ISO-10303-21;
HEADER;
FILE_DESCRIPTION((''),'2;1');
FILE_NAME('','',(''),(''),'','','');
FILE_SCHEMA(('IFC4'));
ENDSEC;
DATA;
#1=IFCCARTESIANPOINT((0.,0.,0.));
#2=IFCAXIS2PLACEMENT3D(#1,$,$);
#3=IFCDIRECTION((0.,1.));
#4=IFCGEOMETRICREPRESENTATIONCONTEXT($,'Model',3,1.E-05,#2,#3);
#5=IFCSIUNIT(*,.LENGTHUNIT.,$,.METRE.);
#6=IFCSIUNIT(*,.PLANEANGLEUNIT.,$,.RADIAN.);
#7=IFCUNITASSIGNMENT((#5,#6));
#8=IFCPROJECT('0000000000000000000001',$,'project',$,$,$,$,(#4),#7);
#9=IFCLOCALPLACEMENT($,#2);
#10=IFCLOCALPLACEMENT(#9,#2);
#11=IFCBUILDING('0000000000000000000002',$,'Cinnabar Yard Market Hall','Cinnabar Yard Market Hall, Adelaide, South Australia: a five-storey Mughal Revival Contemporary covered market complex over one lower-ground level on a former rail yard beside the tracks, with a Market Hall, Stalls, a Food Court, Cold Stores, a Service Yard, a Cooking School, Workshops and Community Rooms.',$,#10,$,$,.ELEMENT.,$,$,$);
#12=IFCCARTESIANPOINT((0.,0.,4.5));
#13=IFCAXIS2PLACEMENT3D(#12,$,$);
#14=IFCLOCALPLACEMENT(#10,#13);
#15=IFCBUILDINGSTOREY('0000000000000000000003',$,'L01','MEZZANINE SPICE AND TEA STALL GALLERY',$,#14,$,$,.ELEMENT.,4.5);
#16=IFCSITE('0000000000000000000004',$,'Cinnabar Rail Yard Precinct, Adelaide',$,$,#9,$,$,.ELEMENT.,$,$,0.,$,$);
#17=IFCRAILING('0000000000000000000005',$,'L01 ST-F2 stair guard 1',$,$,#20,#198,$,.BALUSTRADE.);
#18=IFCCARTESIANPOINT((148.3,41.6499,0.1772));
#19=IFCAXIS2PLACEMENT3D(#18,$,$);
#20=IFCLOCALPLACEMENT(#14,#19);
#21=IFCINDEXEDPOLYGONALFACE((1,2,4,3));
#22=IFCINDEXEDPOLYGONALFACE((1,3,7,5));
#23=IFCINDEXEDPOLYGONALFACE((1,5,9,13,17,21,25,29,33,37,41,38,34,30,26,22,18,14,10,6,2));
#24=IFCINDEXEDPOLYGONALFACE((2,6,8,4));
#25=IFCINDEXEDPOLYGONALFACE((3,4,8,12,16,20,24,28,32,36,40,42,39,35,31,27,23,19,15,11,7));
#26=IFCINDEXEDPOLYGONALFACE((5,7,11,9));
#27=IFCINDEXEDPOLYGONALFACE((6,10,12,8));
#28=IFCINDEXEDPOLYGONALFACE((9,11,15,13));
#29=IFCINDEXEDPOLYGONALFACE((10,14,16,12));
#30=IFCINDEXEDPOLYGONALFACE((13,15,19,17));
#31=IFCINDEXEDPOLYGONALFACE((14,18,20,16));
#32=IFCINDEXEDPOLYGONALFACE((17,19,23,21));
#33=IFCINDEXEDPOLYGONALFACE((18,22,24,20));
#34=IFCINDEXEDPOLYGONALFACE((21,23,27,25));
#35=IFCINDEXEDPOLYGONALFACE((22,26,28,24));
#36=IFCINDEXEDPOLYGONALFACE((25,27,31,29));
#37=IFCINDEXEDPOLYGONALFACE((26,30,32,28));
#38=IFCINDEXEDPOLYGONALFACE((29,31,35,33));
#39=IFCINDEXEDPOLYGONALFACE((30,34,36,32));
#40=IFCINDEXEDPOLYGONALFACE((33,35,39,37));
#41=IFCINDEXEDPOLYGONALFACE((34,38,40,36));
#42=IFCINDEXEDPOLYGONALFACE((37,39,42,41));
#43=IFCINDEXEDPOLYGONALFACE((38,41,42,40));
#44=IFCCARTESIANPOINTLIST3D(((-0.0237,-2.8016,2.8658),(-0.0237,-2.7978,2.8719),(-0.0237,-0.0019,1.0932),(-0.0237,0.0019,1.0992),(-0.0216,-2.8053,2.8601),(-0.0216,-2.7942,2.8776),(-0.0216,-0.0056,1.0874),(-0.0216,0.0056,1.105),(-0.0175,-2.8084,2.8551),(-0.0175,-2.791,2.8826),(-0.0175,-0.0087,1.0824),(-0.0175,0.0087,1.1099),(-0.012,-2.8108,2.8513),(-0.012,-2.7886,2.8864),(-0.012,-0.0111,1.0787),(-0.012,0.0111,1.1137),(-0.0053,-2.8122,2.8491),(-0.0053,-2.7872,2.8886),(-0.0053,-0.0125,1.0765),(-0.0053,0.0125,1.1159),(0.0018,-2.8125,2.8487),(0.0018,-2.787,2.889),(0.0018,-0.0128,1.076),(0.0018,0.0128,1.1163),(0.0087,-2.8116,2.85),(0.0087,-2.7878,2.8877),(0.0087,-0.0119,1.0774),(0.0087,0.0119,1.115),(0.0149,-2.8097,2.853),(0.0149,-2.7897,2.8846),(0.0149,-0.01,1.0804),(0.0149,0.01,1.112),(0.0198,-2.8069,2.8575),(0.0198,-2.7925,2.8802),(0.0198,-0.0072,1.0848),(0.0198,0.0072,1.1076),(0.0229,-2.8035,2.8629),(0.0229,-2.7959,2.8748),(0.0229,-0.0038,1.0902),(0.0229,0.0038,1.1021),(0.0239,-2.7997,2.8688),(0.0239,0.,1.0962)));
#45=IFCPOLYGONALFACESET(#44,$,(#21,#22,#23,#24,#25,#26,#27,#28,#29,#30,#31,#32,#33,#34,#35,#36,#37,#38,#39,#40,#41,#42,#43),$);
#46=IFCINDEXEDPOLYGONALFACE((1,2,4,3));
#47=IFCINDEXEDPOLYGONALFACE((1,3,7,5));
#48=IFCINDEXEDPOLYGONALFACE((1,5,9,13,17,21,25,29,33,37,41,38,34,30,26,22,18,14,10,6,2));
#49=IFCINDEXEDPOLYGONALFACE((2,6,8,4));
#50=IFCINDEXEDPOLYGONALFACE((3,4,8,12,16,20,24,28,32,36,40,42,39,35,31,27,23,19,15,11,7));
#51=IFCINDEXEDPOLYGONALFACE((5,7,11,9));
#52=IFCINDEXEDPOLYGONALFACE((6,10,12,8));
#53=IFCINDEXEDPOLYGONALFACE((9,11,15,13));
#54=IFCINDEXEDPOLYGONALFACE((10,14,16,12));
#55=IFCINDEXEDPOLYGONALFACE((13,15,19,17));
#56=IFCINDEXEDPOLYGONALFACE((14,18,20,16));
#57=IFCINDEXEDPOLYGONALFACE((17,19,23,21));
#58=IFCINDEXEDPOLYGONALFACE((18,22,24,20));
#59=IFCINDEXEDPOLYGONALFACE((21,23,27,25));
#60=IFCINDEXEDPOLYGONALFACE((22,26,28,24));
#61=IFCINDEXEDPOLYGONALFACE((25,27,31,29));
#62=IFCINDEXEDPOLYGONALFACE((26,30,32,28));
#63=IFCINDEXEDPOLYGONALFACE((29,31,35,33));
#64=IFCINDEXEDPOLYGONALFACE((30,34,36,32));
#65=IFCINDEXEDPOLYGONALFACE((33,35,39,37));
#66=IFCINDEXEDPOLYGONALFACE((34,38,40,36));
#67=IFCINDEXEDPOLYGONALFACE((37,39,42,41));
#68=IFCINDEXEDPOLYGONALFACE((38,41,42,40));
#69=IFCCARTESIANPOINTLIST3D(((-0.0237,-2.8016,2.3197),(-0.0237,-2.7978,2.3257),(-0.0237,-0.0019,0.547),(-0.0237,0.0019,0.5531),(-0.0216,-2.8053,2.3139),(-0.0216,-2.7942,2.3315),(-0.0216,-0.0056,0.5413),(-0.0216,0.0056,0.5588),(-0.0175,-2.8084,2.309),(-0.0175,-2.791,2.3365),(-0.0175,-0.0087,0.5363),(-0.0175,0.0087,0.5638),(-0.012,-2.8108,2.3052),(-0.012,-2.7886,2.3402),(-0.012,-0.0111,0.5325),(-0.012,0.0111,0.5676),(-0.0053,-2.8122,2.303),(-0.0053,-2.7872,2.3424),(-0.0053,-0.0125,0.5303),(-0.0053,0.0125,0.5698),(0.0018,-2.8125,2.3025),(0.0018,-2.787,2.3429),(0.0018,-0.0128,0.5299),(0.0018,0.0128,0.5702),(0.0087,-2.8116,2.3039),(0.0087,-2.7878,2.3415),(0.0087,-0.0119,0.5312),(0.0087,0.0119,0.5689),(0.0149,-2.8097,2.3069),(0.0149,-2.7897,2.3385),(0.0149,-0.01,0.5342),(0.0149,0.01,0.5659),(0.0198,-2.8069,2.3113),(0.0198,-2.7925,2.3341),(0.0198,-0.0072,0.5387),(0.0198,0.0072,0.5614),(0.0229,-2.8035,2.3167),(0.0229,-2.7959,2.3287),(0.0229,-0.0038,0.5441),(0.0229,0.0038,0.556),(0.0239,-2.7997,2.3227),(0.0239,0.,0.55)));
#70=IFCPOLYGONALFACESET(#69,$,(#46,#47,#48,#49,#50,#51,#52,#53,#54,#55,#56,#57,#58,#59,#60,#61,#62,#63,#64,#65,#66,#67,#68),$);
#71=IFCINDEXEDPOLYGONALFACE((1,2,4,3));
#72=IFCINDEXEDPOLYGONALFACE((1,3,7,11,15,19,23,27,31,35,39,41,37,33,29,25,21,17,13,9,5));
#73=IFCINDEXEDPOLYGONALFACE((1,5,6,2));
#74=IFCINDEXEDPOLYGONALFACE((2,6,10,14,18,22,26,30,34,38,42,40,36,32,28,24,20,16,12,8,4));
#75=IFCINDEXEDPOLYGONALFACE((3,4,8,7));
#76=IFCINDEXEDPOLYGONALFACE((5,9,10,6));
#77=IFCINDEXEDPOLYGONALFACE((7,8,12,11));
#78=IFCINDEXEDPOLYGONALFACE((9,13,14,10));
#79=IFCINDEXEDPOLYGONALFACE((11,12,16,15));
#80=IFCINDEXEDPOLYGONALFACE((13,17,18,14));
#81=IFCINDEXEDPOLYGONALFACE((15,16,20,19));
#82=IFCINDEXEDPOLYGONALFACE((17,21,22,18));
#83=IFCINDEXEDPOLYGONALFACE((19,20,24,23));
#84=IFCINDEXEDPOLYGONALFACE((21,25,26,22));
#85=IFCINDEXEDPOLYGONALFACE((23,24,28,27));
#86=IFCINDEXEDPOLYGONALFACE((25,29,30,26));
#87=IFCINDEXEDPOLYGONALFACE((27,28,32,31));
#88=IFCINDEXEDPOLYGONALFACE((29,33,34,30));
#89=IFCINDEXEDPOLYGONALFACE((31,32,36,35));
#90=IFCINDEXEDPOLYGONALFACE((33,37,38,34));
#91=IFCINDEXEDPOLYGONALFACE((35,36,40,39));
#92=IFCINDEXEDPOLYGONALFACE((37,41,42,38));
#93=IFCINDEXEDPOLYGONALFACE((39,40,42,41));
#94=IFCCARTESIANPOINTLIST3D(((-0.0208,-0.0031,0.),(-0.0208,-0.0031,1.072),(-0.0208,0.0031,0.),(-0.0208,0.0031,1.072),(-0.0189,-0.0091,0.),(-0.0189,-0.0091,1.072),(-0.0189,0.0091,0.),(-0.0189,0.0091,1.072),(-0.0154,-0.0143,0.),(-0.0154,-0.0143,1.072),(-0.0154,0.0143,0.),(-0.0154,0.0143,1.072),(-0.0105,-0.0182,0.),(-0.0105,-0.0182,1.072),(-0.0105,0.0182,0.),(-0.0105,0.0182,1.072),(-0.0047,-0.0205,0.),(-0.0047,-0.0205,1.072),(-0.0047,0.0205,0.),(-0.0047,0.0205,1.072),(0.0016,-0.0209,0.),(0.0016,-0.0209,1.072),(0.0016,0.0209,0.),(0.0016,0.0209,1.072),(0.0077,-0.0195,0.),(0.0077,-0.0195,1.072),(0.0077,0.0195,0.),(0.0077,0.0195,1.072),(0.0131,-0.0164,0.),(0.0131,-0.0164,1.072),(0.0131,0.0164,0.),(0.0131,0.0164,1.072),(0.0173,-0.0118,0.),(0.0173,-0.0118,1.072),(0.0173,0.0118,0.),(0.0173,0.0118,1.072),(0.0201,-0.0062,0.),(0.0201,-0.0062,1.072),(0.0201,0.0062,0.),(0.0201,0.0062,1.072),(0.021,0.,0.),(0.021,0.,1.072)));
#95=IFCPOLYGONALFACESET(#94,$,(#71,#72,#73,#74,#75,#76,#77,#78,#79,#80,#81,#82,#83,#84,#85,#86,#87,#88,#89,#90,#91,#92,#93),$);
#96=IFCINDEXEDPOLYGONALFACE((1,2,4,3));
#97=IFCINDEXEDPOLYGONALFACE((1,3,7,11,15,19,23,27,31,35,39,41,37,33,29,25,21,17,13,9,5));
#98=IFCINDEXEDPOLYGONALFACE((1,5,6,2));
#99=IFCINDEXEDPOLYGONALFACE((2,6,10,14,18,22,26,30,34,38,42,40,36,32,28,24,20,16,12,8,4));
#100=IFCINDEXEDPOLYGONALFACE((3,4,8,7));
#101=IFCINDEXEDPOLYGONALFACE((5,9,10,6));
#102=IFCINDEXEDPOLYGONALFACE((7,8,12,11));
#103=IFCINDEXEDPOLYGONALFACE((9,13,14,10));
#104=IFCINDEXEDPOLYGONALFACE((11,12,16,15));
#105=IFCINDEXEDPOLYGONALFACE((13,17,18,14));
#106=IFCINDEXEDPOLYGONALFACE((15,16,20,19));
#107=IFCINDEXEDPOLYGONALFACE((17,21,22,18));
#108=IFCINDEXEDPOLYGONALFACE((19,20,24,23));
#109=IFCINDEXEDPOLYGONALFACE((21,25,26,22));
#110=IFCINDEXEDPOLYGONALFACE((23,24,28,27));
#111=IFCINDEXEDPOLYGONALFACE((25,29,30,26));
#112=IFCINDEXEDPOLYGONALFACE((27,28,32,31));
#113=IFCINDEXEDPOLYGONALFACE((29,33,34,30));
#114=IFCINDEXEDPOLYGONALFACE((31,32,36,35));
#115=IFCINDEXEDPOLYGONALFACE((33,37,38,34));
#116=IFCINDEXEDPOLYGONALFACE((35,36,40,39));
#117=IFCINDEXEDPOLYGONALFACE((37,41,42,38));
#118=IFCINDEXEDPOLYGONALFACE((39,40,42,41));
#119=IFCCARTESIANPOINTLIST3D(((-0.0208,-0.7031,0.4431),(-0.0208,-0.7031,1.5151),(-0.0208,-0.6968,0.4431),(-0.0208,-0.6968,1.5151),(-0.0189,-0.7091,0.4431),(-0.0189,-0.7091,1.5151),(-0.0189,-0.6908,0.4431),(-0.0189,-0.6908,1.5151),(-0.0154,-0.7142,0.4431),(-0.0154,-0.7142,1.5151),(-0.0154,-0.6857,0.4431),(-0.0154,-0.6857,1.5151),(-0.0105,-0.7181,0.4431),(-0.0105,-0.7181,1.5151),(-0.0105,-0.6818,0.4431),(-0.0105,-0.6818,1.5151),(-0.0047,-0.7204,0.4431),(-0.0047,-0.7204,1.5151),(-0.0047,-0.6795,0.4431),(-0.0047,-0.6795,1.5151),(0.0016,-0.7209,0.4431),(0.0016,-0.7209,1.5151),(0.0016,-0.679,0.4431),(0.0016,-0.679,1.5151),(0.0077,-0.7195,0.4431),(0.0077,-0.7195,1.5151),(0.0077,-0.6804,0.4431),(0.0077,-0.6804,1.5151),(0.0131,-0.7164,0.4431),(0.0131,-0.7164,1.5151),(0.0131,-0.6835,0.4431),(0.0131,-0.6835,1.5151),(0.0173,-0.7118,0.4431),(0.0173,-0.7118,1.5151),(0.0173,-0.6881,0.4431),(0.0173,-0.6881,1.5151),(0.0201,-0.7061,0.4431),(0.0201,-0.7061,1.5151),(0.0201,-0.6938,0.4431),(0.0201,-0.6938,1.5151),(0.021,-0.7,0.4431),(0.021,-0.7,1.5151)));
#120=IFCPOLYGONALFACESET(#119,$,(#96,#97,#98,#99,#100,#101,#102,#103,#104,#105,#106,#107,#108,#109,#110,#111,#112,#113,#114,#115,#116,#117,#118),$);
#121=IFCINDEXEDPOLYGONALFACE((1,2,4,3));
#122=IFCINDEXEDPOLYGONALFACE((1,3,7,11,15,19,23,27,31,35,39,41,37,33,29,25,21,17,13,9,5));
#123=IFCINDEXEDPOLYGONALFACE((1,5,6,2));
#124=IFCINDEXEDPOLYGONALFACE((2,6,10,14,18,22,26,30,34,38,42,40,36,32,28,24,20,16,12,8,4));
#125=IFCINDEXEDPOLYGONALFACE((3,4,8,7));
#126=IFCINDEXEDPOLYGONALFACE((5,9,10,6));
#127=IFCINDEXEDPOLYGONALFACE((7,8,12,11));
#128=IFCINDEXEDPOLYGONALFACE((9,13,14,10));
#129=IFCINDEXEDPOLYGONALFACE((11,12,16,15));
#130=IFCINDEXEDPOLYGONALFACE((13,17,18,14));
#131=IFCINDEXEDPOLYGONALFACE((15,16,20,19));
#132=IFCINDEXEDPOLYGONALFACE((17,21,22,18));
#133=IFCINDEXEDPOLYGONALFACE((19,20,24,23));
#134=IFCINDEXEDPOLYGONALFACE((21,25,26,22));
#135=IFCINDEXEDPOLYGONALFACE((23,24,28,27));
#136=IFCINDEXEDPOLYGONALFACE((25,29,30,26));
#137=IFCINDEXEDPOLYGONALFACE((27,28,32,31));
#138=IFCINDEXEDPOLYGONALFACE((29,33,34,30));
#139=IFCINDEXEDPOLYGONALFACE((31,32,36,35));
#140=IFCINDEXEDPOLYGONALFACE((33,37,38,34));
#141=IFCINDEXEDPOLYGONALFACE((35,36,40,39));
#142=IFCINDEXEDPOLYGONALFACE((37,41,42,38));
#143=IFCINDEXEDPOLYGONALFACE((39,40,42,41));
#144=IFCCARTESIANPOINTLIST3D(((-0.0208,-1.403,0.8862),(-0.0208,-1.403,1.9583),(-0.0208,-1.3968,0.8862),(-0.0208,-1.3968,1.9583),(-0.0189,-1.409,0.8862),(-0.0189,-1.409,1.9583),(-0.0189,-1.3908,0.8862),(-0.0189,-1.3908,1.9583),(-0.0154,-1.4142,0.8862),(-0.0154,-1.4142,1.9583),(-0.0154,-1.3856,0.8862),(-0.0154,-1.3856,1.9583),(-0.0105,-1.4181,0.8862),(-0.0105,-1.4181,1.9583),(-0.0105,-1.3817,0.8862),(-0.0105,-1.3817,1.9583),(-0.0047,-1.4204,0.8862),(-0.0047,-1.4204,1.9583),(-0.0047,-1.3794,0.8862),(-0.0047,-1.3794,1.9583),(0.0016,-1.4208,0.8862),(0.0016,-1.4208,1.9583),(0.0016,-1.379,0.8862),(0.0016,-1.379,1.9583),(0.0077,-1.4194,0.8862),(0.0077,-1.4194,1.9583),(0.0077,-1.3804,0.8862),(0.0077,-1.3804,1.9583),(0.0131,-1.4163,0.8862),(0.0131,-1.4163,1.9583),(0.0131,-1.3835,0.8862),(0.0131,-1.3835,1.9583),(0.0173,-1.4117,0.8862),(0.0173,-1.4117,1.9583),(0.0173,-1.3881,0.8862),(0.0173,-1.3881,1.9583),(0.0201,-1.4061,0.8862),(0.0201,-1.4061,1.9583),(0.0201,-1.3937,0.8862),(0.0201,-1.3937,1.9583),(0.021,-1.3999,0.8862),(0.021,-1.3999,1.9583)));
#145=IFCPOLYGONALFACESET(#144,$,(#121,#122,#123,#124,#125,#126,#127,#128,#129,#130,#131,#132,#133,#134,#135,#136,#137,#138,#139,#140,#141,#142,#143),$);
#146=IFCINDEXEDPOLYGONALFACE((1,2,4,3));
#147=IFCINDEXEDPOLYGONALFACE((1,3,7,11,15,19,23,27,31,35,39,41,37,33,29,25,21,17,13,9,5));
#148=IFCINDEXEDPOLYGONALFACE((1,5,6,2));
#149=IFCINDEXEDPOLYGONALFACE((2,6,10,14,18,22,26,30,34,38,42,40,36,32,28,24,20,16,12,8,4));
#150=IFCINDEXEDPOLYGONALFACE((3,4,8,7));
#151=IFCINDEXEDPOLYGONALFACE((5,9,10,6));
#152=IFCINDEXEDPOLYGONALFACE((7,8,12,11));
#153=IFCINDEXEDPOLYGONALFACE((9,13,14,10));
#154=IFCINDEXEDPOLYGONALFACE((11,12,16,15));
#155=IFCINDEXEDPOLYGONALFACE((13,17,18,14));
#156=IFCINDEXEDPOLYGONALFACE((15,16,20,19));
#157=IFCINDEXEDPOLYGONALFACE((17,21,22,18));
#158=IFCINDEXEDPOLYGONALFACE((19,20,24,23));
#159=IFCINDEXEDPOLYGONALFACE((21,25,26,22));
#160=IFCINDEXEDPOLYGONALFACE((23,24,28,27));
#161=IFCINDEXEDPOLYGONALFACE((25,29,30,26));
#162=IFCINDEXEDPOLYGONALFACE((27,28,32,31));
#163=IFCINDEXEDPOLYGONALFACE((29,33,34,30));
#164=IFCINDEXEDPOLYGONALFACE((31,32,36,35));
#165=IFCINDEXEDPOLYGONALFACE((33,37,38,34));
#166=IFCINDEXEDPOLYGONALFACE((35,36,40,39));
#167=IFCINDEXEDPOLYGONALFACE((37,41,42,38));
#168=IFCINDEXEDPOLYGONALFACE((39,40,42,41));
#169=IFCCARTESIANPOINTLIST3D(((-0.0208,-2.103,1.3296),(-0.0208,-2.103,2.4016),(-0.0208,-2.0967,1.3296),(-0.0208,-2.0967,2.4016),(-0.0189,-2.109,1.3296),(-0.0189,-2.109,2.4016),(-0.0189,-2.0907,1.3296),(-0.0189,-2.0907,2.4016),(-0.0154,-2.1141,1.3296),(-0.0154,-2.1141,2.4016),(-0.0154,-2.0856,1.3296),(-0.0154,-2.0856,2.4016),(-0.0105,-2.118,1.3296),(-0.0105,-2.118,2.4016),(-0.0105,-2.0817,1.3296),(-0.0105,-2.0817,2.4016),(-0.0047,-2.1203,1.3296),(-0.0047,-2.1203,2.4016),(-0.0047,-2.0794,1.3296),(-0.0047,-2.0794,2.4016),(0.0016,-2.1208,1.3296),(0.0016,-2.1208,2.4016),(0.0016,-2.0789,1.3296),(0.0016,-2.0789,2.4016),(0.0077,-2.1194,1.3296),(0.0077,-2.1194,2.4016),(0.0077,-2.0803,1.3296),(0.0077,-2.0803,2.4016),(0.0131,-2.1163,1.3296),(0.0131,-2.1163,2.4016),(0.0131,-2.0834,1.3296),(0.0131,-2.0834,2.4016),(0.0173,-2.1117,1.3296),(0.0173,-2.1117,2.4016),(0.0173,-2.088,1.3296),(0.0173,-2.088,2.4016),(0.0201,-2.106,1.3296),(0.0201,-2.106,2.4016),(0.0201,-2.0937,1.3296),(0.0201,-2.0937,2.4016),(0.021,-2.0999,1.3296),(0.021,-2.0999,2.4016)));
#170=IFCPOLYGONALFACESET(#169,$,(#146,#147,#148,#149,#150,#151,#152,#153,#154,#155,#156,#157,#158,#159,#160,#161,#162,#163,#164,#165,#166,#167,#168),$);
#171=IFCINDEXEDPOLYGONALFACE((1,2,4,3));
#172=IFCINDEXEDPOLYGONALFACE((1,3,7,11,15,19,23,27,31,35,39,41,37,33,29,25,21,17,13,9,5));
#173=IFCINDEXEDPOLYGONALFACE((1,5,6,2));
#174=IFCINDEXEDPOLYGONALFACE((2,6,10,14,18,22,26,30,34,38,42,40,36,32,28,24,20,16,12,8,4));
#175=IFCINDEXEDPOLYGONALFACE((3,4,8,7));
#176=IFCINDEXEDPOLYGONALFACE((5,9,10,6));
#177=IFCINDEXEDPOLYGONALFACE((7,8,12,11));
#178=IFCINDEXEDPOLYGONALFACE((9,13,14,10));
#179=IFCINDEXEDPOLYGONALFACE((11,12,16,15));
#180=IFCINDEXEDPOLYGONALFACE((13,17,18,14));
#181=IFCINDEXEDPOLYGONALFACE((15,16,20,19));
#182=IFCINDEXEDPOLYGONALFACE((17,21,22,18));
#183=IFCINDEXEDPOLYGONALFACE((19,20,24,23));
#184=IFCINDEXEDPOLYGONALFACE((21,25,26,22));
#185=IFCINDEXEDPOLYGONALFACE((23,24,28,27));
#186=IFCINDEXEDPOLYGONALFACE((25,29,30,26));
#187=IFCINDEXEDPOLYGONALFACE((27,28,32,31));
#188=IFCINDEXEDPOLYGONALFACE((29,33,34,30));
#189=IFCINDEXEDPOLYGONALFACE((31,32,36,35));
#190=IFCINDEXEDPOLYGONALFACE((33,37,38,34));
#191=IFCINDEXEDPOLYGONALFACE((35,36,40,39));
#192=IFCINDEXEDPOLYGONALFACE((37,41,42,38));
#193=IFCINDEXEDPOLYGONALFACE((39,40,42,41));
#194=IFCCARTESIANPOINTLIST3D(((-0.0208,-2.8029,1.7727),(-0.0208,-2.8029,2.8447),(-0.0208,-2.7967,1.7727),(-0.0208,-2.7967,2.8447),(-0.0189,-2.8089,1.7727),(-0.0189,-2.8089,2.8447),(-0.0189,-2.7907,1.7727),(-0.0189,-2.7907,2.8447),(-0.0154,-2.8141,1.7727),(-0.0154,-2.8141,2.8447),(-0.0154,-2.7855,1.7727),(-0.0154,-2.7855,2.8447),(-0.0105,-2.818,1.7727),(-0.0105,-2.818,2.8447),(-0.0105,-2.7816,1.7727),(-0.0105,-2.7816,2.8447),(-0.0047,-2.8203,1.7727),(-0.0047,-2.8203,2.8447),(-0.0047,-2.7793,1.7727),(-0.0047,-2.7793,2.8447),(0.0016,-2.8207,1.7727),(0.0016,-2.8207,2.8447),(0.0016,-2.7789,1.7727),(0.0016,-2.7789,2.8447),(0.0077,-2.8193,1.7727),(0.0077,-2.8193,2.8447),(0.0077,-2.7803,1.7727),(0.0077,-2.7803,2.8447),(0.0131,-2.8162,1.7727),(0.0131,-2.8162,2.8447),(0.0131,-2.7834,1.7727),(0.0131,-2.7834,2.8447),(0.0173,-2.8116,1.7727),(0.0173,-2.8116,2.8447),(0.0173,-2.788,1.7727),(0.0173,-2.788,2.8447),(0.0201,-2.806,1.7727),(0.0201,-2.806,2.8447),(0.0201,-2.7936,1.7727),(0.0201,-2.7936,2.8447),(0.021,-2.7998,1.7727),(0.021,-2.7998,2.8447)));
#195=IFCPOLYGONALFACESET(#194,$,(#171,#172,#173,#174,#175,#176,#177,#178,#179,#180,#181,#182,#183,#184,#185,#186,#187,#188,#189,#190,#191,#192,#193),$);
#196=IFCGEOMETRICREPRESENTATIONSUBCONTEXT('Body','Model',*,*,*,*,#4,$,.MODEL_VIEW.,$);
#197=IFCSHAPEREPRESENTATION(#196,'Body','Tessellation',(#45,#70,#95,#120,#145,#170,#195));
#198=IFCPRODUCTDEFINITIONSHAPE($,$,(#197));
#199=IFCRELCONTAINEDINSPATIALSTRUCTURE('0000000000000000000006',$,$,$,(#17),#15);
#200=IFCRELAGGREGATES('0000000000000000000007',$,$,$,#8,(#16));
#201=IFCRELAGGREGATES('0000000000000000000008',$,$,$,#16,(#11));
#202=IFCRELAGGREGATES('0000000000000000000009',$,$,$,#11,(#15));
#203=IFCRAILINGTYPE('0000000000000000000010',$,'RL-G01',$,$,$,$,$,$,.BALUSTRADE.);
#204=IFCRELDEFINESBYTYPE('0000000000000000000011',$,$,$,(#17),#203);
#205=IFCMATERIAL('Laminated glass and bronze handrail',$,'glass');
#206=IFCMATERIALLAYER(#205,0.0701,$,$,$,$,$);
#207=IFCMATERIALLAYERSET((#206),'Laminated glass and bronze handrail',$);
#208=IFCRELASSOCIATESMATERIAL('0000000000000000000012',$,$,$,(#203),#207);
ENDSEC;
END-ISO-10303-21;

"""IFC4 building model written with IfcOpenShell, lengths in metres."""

from ifc_helpers import new_model, si_unit, direction, frame, origin, origin_2d_with_axis, place, context, subcontext, project, spatial, circle, extrude, material, layer, layer_set, type_object, element, save


model = new_model("IFC4")

# Units and contexts
model_context = context("Model", 3, precision=1e-05, world=origin(), true_north=direction((0.0, 1.0)))
body_context = subcontext(model_context, "Body", "Model", "MODEL_VIEW")
ifc_project = project(units=[si_unit("LENGTHUNIT", "METRE"), si_unit("PLANEANGLEUNIT", "RADIAN")], contexts=[model_context])

# Site, building, storey
site_placement = place(None, origin())
site = spatial("IfcSite", under=ifc_project, at=site_placement, Name="Cinnabar Rail Yard Precinct, Adelaide", CompositionType="ELEMENT", RefElevation=0.0)
building_placement = place(site_placement, origin())
building = spatial("IfcBuilding", under=site, at=building_placement, Name="Cinnabar Yard Market Hall", Description="Cinnabar Yard Market Hall, Adelaide, South Australia: a five-storey Mughal Revival Contemporary covered market complex over one lower-ground level on a former rail yard beside the tracks, with a Market Hall, Stalls, a Food Court, Cold Stores, a Service Yard, a Cooking School, Workshops and Community Rooms.", CompositionType="ELEMENT")
storey_placement = place(building_placement, frame((0.0, 0.0, 4.5)))
storey = spatial("IfcBuildingStorey", under=building, at=storey_placement, Name="L01", Description="MEZZANINE SPICE AND TEA STALL GALLERY", CompositionType="ELEMENT", Elevation=4.5)

# Railing
ifc_material_1 = material(Name="Laminated glass and bronze handrail", Category="glass")
ifc_layer_1 = layer(ifc_material_1, 0.0701)
ifc_layer_set_1 = layer_set([ifc_layer_1], Name="Laminated glass and bronze handrail")
railing_type_1 = type_object("IfcRailingType", Name="RL-G01", PredefinedType="BALUSTRADE", material=ifc_layer_set_1)
railing_1_placement = place(storey_placement, frame((148.3, 41.6499, 0.1772)))
element("IfcRailing", 1, at=railing_1_placement, inside=storey, type_object=railing_type_1, Name="L01 ST-F2 stair guard 1", PredefinedType="BALUSTRADE", context=body_context, shape_type="SweptSolid", body=[
    extrude(circle(Radius=0.0239, at=origin_2d_with_axis()), frame((0.0, 0.0, 1.0962), z_axis=(0.0, -0.844888, 0.534943), x_axis=(1.0, 0.0, 0.0)), (0.0, 0.0, 1.0), 3.3137),
    extrude(circle(Radius=0.0239, at=origin_2d_with_axis()), frame((0.0, 0.0, 0.55), z_axis=(0.0, -0.844888, 0.534943), x_axis=(1.0, 0.0, 0.0)), (0.0, 0.0, 1.0), 3.3137),
    extrude(circle(Radius=0.021, at=origin_2d_with_axis()), origin(), (0.0, 0.0, 1.0), 1.072),
    extrude(circle(Radius=0.021, at=origin_2d_with_axis()), frame((0.0, -0.7, 0.4431)), (0.0, 0.0, 1.0), 1.072),
    extrude(circle(Radius=0.021, at=origin_2d_with_axis()), frame((0.0, -1.3999, 0.8862)), (0.0, 0.0, 1.0), 1.072),
    extrude(circle(Radius=0.021, at=origin_2d_with_axis()), frame((0.0, -2.0999, 1.3296)), (0.0, 0.0, 1.0), 1.072),
    extrude(circle(Radius=0.021, at=origin_2d_with_axis()), frame((0.0, -2.7998, 1.7727)), (0.0, 0.0, 1.0), 1.072),
])

save(model, "model.ifc")
